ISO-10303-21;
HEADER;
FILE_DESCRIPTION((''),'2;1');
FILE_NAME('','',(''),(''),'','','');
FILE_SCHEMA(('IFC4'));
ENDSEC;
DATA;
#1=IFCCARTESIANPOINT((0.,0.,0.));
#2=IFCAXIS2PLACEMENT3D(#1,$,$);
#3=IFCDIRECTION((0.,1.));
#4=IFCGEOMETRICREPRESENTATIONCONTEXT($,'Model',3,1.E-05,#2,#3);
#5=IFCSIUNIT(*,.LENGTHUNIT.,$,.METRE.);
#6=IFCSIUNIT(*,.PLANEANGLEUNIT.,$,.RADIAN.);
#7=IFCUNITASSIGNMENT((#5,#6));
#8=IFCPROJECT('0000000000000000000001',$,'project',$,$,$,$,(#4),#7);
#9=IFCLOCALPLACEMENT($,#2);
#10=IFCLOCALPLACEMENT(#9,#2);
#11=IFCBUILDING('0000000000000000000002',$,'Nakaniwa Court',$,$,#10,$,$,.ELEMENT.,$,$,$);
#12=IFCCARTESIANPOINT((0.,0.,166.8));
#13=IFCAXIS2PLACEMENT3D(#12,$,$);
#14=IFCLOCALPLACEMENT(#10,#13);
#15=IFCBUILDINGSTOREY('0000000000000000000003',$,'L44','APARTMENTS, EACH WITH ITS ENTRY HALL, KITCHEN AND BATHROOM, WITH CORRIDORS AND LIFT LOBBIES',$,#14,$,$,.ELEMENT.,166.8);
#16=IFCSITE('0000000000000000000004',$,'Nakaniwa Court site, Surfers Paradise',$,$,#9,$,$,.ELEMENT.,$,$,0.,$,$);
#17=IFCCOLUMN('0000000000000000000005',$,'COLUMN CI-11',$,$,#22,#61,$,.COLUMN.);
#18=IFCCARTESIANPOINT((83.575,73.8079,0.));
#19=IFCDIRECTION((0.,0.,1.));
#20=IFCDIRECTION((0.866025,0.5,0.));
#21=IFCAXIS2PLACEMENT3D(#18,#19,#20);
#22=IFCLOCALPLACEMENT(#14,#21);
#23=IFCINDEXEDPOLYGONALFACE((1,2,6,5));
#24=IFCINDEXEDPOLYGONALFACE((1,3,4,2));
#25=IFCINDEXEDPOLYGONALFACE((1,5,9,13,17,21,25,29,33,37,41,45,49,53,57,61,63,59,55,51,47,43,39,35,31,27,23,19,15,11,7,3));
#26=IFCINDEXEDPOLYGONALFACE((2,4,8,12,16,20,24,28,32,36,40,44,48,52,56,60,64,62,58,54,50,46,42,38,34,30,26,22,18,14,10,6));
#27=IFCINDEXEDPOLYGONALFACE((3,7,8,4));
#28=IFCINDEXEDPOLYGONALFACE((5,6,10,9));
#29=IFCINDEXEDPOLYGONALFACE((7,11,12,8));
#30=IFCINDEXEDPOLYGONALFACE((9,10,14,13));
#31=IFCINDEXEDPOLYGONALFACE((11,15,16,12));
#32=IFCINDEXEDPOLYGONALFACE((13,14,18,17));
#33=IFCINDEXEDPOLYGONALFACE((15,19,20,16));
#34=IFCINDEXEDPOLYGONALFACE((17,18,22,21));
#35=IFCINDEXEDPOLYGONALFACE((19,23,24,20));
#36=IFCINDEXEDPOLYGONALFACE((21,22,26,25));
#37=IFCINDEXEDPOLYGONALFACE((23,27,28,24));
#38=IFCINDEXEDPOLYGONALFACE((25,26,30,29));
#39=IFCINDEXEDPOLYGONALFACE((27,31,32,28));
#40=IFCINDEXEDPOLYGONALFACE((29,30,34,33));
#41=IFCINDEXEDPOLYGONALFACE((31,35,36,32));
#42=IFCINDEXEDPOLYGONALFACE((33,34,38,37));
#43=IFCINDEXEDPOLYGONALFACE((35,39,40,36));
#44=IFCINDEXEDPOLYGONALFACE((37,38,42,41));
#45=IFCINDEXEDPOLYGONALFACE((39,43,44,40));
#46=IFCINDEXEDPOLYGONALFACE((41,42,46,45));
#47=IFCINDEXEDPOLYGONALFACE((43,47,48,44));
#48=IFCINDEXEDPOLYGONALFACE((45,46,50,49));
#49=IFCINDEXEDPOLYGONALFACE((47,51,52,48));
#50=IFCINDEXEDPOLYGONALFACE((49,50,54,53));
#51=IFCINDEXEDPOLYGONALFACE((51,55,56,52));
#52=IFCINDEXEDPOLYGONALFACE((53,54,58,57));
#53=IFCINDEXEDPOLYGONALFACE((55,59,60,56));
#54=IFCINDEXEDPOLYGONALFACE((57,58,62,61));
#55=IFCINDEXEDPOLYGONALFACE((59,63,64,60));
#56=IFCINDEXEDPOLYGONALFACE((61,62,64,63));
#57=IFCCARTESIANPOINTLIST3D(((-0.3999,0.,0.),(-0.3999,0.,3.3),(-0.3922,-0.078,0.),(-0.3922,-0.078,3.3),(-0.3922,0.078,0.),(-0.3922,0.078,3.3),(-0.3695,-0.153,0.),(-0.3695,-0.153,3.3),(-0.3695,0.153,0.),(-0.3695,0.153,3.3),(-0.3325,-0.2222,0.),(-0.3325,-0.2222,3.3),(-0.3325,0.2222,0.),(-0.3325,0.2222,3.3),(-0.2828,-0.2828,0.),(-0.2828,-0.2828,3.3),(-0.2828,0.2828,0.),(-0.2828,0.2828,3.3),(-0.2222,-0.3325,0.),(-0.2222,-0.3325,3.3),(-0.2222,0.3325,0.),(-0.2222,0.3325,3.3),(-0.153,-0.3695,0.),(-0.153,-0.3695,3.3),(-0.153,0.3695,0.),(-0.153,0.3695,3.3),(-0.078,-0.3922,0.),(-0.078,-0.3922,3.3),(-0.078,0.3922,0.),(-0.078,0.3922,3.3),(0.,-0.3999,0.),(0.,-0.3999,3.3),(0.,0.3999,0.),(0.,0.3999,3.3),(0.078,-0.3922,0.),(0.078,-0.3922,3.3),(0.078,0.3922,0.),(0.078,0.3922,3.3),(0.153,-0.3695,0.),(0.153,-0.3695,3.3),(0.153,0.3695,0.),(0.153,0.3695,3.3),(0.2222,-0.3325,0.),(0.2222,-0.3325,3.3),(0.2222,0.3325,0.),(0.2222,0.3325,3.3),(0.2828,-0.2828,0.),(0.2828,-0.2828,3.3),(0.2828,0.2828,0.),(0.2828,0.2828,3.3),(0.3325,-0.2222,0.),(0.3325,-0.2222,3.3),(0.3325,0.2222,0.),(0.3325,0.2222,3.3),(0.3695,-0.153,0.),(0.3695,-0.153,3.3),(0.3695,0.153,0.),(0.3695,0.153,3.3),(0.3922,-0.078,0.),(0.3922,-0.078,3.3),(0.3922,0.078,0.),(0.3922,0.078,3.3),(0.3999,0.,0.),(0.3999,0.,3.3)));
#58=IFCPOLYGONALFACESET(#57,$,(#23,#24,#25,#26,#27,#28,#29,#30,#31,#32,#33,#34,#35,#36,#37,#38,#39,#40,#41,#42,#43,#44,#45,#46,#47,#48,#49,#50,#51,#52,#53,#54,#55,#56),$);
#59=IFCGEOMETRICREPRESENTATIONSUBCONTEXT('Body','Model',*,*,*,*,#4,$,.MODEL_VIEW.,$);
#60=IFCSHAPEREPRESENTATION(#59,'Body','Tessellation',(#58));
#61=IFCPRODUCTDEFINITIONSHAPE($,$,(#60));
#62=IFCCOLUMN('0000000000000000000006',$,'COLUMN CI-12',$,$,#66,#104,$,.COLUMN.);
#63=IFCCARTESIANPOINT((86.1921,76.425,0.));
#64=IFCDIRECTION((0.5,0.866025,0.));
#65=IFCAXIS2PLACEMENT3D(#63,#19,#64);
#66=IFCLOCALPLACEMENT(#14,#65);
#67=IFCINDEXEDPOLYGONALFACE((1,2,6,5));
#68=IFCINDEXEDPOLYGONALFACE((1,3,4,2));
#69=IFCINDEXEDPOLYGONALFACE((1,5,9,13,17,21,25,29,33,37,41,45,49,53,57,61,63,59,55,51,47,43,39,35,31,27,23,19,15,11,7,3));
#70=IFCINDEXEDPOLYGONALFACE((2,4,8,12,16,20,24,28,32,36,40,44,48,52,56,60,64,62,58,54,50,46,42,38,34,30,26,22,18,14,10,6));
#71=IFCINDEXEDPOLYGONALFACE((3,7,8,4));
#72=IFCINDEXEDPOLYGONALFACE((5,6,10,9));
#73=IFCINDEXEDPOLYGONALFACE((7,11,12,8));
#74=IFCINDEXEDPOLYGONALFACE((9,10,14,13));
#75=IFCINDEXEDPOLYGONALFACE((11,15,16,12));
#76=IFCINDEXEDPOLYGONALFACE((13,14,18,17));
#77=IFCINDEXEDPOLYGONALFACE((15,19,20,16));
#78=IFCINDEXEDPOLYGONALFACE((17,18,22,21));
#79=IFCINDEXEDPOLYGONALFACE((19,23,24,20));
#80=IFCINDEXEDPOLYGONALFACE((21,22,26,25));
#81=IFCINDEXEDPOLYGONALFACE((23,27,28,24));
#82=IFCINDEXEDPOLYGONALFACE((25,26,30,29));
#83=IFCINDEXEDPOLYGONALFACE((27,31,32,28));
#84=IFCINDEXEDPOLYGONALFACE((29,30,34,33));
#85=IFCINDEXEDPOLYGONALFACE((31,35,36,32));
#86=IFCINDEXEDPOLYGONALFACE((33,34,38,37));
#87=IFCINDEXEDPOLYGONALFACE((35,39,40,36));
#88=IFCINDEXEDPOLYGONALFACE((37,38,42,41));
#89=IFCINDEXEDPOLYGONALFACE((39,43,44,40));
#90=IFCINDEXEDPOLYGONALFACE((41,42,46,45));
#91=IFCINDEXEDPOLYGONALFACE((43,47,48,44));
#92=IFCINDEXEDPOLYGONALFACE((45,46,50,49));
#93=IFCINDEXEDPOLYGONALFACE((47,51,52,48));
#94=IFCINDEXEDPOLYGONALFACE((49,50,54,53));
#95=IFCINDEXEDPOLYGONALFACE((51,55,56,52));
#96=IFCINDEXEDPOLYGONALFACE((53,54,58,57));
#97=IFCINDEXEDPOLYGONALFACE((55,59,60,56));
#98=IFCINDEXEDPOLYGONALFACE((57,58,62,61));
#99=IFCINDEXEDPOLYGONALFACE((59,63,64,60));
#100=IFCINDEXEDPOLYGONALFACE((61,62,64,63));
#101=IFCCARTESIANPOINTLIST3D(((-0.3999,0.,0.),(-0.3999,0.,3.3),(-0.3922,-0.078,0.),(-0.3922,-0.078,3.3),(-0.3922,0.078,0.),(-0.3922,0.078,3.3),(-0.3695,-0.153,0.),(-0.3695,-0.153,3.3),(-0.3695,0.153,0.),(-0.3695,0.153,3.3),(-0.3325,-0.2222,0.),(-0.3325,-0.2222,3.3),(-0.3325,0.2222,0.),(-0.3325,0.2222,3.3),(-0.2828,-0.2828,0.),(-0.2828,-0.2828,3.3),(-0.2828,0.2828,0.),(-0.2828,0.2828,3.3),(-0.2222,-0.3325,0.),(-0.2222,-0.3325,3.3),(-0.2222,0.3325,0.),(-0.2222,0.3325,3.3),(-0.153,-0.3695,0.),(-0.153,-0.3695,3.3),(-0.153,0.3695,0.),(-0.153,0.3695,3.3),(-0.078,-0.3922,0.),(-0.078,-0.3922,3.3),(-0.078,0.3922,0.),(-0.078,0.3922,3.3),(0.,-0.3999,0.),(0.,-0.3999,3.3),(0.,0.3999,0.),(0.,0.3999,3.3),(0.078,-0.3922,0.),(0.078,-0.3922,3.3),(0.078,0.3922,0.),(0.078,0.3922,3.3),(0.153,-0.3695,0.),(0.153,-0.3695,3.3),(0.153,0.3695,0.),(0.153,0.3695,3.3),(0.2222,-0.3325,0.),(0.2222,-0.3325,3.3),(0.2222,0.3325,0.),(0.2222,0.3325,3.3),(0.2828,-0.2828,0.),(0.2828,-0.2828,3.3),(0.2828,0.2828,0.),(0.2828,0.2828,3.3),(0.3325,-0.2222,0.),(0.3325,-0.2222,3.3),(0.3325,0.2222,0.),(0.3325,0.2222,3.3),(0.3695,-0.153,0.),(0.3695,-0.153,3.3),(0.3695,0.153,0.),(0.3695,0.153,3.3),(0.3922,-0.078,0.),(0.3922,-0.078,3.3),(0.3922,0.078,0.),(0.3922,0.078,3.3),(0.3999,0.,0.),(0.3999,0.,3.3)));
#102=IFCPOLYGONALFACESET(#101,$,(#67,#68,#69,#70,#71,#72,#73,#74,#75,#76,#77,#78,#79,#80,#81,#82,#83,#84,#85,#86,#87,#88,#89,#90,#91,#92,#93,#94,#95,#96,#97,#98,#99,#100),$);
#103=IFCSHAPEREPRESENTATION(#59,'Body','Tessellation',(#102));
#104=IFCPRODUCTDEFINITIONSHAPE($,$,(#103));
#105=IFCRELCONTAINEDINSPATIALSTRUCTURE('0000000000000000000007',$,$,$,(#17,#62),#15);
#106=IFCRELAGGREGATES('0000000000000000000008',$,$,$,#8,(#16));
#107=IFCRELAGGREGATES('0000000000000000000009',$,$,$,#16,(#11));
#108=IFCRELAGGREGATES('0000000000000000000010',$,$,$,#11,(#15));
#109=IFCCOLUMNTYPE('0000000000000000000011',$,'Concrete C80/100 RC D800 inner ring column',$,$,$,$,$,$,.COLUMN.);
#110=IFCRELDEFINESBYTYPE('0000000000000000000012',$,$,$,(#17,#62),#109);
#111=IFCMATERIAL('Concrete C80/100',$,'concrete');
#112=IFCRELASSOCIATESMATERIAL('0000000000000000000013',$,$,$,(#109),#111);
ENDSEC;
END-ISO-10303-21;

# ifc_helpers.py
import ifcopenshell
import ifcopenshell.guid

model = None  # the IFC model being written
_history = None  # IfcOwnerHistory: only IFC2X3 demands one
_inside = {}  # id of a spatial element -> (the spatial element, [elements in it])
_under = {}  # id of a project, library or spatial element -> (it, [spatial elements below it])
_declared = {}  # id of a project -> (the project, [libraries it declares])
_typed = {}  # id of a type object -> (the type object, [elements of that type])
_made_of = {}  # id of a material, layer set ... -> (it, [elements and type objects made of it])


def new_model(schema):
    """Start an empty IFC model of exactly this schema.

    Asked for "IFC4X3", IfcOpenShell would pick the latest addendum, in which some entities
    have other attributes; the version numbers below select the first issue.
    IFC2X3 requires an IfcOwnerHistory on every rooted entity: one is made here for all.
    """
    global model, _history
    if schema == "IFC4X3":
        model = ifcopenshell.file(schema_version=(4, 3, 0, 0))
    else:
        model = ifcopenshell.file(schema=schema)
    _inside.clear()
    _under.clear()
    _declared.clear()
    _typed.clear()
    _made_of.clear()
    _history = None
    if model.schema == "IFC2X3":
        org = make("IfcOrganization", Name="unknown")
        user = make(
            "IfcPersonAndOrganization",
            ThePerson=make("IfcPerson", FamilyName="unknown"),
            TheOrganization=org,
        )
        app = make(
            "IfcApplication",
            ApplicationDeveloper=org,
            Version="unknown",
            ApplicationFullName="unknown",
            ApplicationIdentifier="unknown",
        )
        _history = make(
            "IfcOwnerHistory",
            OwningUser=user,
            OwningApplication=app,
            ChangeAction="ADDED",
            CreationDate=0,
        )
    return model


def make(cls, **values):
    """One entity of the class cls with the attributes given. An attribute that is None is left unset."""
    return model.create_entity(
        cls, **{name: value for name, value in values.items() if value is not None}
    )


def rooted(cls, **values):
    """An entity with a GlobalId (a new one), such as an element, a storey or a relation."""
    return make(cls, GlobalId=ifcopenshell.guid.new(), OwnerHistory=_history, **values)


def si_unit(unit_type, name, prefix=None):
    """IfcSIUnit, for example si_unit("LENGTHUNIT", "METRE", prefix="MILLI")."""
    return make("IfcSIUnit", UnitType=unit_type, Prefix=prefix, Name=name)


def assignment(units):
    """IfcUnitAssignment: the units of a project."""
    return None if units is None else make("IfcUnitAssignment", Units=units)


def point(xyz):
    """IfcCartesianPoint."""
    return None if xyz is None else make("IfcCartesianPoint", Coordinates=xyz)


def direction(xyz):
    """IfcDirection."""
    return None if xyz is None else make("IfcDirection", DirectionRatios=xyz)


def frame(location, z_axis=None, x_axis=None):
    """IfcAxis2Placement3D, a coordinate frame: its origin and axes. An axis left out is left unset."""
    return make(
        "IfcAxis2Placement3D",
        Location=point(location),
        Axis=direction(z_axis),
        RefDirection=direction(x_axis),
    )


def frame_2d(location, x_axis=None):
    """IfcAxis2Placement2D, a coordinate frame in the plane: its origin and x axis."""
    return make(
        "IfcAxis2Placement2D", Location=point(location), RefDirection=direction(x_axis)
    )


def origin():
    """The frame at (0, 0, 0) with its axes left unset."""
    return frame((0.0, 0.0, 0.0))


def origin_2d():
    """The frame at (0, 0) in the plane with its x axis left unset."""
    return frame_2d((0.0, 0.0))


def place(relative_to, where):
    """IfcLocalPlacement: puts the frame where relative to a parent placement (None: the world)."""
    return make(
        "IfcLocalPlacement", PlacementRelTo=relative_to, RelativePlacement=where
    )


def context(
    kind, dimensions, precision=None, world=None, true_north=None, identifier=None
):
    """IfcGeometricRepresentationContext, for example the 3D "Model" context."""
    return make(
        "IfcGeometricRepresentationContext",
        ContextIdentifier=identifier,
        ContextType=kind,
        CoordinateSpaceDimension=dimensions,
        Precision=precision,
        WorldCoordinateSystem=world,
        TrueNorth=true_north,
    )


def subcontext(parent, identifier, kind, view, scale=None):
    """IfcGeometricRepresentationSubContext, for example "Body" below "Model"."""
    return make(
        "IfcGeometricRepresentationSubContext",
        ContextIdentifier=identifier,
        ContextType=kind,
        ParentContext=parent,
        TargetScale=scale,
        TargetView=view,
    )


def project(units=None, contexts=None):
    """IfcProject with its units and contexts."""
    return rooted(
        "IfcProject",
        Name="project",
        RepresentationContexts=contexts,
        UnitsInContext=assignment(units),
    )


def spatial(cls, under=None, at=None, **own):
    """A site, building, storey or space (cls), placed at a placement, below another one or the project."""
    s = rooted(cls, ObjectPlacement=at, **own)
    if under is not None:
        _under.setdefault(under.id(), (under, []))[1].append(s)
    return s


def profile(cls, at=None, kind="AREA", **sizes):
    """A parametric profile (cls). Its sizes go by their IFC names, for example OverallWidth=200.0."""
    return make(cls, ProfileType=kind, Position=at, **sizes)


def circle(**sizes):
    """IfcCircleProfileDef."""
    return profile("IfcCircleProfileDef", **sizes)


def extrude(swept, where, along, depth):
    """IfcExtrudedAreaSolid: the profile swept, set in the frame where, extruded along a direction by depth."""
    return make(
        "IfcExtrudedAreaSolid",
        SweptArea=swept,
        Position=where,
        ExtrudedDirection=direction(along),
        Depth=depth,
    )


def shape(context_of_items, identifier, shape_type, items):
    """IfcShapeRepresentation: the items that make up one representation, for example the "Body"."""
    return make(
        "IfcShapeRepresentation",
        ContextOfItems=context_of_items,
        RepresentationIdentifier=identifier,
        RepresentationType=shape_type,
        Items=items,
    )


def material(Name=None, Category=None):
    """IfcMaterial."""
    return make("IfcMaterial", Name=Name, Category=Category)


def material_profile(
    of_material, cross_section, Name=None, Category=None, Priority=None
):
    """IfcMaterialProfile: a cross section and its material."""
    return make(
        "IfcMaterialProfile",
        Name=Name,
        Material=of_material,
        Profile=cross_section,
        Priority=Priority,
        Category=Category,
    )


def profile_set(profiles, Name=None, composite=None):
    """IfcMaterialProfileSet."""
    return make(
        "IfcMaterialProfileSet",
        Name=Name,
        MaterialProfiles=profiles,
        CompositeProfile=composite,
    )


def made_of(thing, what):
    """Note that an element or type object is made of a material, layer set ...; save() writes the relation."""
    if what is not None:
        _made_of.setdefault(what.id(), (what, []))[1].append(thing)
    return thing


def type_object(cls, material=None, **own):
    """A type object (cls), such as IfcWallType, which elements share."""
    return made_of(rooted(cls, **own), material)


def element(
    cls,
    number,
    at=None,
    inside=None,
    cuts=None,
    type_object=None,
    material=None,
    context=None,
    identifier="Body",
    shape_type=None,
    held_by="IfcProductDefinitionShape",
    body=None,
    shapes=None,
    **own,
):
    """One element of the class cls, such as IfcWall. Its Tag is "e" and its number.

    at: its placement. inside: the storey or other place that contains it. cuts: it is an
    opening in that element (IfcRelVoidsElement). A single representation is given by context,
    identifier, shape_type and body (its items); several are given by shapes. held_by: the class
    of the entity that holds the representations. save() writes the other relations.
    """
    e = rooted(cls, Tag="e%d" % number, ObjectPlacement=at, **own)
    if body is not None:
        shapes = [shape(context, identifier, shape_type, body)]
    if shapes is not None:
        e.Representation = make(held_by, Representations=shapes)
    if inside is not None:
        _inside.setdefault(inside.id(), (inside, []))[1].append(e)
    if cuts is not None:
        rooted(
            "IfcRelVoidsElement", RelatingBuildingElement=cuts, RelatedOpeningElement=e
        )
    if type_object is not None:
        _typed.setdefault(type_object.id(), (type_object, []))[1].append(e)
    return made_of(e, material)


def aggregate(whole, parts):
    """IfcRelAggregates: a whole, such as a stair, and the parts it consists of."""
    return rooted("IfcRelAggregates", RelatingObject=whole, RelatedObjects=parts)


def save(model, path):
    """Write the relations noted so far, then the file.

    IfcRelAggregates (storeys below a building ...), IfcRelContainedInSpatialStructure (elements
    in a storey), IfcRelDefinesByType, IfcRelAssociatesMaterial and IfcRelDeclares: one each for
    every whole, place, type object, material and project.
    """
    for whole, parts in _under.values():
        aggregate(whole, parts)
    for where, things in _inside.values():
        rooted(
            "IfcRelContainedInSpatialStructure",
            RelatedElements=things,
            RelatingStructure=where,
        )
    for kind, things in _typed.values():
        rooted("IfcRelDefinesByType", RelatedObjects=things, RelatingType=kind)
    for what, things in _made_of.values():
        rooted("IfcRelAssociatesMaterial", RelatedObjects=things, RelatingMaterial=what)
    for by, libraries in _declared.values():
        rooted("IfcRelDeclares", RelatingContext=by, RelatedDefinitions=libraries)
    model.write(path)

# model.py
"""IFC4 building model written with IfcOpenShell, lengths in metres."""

from ifc_helpers import new_model, si_unit, direction, frame, origin, origin_2d, place, context, subcontext, project, spatial, circle, extrude, material, material_profile, profile_set, type_object, element, save


model = new_model("IFC4")

# Units and contexts
model_context = context("Model", 3, precision=1e-05, world=origin(), true_north=direction((0.0, 1.0)))
body_context = subcontext(model_context, "Body", "Model", "MODEL_VIEW")
ifc_project = project(units=[si_unit("LENGTHUNIT", "METRE"), si_unit("PLANEANGLEUNIT", "RADIAN")], contexts=[model_context])

# Site, building, storey
site_placement = place(None, origin())
site = spatial("IfcSite", under=ifc_project, at=site_placement, Name="Nakaniwa Court site, Surfers Paradise", CompositionType="ELEMENT", RefElevation=0.0)
building_placement = place(site_placement, origin())
building = spatial("IfcBuilding", under=site, at=building_placement, Name="Nakaniwa Court", CompositionType="ELEMENT")
storey_placement = place(building_placement, frame((0.0, 0.0, 166.8)))
storey = spatial("IfcBuildingStorey", under=building, at=storey_placement, Name="L44", Description="APARTMENTS, EACH WITH ITS ENTRY HALL, KITCHEN AND BATHROOM, WITH CORRIDORS AND LIFT LOBBIES", CompositionType="ELEMENT", Elevation=166.8)

# Columns
ifc_material_1 = material(Name="Concrete C80/100", Category="concrete")
ifc_material_profile_1 = material_profile(ifc_material_1, circle(Radius=0.3999, at=origin_2d()), Name="Concrete C80/100 RC D800 inner ring column")
ifc_profile_set_1 = profile_set([ifc_material_profile_1], Name="Concrete C80/100")
column_type = type_object("IfcColumnType", Name="Concrete C80/100 RC D800 inner ring column", PredefinedType="COLUMN", material=ifc_profile_set_1)
for number, where, z_axis, x_axis, name in (
    (1, (83.575, 73.8079, 0.0), (0.0, 0.0, 1.0), (0.866025, 0.5, 0.0), "COLUMN CI-11"),
    (2, (86.1921, 76.425, 0.0), (0.0, 0.0, 1.0), (0.5, 0.866025, 0.0), "COLUMN CI-12"),
):
    element("IfcColumn", number, at=place(storey_placement, frame(where, z_axis=z_axis, x_axis=x_axis)), inside=storey, type_object=column_type, Name=name, PredefinedType="COLUMN", context=body_context, shape_type="SweptSolid", body=[
        extrude(circle(Radius=0.3999, at=origin_2d()), origin(), (0.0, 0.0, 1.0), 3.3),
    ])

save(model, "model.ifc")
